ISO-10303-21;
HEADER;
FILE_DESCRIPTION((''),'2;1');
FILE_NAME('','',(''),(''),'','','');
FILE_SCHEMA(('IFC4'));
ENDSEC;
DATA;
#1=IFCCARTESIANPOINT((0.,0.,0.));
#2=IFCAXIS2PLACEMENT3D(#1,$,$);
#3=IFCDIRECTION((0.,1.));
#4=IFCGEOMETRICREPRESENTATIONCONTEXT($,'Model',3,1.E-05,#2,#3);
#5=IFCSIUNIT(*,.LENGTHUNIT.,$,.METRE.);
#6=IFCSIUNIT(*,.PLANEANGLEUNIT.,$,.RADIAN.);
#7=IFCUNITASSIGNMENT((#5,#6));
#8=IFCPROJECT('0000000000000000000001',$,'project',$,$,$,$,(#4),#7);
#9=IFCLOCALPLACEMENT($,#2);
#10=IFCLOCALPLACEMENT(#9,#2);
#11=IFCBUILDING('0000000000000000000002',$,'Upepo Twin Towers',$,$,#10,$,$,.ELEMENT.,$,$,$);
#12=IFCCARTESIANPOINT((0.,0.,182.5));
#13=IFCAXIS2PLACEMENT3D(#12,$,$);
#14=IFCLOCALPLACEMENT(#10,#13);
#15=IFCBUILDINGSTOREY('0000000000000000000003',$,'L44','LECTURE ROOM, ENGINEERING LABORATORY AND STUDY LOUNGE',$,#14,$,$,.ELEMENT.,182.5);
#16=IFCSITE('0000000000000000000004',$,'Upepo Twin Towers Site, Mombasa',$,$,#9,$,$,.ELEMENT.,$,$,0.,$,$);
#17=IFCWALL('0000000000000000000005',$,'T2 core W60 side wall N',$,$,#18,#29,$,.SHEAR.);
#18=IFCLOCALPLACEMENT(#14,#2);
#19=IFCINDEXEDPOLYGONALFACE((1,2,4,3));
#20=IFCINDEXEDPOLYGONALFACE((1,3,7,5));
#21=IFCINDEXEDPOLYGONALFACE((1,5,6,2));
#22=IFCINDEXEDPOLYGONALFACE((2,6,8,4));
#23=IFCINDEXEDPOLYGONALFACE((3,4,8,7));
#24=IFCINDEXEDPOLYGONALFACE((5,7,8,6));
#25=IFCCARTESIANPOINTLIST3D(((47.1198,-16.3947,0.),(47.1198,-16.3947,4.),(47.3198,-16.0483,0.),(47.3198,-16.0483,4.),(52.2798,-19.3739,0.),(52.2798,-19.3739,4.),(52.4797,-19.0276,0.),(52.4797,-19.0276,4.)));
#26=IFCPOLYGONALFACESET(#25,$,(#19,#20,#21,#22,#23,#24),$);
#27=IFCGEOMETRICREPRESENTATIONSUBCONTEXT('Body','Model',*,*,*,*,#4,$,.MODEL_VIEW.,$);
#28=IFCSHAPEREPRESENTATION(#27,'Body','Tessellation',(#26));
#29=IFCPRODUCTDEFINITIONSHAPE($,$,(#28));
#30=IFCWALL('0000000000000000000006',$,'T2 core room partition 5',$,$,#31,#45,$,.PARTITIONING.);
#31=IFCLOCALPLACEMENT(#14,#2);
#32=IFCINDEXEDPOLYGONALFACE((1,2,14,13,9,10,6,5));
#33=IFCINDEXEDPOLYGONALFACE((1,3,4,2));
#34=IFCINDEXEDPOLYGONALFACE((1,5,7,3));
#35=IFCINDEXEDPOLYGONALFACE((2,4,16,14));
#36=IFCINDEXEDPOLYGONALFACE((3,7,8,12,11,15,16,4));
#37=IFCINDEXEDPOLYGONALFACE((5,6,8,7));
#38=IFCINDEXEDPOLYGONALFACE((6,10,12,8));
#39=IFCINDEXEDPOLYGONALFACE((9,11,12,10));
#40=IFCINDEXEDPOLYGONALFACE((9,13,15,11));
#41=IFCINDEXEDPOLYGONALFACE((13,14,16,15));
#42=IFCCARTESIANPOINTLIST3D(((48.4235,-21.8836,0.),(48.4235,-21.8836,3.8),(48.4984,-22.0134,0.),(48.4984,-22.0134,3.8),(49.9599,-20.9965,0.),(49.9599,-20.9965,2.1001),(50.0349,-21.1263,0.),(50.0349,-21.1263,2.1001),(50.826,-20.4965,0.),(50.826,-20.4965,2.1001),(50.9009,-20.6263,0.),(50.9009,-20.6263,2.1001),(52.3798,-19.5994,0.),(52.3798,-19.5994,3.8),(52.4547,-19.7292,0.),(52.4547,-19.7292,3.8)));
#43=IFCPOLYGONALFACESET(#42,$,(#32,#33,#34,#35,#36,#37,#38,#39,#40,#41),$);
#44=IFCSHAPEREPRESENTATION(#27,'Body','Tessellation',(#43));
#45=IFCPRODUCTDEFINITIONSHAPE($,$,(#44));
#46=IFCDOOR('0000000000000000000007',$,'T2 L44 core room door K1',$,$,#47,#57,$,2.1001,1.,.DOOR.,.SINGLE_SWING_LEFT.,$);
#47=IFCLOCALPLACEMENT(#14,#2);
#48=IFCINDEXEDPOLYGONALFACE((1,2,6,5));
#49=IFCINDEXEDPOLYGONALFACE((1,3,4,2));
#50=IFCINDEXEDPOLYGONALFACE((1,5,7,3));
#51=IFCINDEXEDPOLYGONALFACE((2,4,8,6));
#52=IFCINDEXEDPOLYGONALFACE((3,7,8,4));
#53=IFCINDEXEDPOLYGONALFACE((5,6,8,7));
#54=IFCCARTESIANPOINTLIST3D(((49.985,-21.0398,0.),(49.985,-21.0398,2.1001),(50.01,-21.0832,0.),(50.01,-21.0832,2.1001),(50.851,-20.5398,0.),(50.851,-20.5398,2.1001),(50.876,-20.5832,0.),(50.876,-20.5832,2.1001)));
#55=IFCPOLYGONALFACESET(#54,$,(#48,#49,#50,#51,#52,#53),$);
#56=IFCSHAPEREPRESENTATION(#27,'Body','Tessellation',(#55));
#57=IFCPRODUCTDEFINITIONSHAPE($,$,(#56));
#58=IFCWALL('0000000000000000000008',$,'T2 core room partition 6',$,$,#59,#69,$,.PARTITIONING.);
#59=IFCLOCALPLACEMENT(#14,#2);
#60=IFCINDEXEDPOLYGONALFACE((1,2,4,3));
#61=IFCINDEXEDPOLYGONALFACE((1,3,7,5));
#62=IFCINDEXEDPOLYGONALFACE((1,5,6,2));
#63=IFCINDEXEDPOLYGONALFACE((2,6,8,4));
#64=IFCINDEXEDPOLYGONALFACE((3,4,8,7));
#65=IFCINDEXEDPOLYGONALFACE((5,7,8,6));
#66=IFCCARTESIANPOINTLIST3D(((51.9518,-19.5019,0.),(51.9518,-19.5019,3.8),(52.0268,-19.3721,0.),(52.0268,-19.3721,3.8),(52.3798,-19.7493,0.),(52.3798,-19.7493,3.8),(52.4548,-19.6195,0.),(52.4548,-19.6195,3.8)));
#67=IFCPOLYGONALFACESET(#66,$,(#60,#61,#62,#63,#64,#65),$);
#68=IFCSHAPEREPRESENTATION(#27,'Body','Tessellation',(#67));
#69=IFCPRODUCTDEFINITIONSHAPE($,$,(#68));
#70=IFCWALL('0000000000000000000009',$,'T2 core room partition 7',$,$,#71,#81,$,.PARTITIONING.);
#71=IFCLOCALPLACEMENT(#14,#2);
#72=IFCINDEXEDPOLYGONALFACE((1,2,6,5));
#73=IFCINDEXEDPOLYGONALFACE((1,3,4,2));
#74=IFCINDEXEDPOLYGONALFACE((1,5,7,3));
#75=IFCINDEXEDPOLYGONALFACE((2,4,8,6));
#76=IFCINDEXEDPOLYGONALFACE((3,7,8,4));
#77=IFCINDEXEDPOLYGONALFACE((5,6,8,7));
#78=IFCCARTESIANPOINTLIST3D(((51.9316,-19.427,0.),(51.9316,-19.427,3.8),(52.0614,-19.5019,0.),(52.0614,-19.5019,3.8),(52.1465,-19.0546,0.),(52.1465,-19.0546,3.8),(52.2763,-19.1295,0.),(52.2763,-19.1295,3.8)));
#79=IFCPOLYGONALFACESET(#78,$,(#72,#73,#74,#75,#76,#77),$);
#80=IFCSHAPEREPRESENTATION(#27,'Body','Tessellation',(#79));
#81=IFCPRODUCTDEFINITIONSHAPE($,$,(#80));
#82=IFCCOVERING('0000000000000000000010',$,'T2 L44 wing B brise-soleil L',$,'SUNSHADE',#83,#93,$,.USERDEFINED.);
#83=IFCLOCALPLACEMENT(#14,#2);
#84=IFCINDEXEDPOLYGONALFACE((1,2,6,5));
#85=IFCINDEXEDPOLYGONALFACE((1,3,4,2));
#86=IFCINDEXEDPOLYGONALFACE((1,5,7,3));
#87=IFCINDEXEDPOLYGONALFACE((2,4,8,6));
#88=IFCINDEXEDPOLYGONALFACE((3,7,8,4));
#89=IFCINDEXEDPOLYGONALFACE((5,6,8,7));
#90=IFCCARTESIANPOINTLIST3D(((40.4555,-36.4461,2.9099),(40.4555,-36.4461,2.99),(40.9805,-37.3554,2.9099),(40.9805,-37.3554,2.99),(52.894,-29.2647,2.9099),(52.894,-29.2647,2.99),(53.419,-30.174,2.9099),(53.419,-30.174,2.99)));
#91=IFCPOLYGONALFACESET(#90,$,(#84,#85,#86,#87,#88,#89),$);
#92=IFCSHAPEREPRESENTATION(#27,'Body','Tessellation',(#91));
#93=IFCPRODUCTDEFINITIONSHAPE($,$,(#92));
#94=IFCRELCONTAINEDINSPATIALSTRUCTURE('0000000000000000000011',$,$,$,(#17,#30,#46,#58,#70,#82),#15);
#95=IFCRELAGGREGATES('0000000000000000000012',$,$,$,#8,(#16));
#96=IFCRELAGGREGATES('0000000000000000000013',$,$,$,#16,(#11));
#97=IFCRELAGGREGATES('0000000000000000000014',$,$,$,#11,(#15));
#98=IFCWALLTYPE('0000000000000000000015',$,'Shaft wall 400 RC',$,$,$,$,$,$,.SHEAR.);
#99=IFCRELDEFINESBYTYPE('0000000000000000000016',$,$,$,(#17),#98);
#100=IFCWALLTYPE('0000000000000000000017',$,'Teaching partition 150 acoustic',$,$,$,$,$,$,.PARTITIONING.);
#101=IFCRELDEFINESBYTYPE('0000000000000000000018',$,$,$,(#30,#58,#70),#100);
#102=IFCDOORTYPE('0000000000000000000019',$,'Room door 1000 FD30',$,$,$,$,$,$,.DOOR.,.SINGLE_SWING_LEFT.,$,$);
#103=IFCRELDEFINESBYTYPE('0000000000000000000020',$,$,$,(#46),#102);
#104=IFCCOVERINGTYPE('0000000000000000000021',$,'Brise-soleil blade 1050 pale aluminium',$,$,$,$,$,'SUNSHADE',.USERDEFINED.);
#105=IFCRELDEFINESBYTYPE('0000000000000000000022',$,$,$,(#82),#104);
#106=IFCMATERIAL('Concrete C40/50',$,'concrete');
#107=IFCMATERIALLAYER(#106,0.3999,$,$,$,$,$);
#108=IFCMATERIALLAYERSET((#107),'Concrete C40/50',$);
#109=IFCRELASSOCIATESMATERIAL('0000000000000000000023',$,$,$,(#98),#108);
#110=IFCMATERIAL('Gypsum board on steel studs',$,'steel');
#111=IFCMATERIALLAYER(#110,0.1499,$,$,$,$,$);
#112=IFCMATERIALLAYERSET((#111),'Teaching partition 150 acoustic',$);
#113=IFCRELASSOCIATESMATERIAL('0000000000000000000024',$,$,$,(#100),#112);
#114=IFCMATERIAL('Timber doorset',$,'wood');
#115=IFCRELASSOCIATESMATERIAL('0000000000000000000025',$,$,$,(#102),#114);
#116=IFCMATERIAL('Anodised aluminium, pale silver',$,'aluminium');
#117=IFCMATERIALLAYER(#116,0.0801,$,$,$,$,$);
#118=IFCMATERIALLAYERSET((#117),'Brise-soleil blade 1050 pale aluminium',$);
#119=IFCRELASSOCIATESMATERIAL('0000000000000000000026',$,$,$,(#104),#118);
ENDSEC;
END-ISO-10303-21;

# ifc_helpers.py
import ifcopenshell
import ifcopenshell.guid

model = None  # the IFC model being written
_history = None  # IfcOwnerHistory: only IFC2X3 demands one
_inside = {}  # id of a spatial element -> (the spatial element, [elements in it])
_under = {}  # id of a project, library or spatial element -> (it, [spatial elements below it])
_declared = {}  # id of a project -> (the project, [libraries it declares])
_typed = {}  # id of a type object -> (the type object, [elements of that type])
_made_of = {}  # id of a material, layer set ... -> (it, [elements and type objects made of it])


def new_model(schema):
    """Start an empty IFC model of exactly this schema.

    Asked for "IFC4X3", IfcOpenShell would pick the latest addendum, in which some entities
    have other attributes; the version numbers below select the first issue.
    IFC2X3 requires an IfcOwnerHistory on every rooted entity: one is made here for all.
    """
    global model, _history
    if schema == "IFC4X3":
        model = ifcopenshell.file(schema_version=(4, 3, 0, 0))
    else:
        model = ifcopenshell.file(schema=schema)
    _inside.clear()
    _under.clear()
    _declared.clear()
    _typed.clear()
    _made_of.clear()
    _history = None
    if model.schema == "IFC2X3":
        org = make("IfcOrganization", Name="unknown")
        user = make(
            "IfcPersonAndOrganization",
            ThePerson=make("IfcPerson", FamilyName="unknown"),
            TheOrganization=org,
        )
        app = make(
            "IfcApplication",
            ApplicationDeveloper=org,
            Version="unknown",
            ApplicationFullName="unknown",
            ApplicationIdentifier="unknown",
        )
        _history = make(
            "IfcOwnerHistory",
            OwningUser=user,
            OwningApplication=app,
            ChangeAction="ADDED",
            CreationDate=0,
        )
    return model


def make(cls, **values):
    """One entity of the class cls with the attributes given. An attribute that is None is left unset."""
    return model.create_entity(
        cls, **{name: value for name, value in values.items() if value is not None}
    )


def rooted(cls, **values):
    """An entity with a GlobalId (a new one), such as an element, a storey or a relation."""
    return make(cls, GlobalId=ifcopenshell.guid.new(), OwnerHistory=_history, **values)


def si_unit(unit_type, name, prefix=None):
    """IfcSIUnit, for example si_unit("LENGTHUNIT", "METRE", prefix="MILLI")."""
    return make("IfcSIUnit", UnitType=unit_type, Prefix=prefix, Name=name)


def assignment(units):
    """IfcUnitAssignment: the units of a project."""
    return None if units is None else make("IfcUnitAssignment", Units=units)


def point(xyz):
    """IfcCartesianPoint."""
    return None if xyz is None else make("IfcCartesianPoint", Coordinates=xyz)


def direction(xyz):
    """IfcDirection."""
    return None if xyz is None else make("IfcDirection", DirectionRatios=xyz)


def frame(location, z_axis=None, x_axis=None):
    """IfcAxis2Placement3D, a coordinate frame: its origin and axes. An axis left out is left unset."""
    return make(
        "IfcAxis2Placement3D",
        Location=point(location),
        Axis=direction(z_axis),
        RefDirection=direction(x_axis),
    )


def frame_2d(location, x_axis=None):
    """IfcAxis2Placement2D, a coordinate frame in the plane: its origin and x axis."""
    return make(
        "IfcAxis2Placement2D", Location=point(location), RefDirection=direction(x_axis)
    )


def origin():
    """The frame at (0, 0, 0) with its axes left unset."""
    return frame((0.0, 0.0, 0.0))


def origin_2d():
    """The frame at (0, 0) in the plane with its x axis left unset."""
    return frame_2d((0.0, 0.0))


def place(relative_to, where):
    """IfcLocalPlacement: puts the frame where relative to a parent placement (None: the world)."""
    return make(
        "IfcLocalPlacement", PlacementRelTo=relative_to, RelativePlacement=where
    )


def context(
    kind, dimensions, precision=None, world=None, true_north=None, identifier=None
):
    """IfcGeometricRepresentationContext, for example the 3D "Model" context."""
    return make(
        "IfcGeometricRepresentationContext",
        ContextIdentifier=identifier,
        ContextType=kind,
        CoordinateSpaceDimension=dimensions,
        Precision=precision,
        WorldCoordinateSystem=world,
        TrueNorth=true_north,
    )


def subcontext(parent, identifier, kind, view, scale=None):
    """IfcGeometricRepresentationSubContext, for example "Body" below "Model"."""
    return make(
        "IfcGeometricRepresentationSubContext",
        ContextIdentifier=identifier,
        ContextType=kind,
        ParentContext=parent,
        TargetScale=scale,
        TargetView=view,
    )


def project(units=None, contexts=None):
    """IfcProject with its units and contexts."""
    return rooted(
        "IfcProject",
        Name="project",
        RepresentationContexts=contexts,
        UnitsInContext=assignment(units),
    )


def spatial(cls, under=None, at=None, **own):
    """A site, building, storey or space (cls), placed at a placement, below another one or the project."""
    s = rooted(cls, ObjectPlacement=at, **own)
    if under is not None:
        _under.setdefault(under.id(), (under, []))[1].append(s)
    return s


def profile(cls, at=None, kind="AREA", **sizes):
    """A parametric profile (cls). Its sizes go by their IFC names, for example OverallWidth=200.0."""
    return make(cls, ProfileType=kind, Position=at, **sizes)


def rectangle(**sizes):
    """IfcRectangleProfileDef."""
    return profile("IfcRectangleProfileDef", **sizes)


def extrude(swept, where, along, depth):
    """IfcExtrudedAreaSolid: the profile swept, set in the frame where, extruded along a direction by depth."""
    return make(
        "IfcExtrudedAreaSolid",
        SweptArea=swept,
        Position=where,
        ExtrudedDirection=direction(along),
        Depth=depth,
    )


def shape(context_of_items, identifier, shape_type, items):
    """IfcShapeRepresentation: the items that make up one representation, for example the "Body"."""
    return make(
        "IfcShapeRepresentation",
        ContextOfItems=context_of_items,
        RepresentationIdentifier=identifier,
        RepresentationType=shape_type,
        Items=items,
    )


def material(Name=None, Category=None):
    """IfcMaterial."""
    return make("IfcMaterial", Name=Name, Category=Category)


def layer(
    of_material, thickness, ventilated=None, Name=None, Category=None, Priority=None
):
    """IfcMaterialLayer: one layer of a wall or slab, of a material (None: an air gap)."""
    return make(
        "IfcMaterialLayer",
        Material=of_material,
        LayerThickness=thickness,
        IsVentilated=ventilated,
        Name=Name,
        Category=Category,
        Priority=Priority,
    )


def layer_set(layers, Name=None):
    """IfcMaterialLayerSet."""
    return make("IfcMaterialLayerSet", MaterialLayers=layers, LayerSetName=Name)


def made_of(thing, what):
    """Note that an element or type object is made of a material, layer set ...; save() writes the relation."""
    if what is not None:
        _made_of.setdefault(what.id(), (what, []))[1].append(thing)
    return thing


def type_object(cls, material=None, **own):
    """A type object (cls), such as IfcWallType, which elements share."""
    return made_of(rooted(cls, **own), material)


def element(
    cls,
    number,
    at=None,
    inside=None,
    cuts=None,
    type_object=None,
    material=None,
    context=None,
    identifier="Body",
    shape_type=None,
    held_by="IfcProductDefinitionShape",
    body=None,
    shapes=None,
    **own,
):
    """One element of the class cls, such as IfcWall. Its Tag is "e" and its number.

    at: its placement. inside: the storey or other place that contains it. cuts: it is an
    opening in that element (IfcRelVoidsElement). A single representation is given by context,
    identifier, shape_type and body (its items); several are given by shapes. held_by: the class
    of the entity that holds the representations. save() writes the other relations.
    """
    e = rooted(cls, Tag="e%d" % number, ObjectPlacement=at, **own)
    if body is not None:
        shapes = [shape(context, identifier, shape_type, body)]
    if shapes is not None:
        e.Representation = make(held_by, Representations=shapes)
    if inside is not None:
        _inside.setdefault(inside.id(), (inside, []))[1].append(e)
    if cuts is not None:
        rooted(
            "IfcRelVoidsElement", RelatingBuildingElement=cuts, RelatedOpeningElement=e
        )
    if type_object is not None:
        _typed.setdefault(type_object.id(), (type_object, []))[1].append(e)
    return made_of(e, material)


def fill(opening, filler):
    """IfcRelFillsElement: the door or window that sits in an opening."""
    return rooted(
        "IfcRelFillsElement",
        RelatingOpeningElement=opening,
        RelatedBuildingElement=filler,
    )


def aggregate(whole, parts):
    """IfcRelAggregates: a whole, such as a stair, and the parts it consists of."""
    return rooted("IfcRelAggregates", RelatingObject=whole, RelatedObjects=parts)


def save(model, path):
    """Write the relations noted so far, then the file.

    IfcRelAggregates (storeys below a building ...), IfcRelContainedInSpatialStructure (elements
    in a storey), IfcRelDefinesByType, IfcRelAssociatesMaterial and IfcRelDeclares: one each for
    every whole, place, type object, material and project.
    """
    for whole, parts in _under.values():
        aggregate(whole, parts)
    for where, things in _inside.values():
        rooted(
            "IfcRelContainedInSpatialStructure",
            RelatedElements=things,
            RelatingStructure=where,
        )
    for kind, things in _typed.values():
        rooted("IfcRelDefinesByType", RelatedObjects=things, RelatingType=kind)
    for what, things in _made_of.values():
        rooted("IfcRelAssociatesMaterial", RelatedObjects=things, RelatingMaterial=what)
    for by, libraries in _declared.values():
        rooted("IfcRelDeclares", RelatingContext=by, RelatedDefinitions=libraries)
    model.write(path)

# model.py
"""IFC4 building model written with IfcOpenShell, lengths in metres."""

from ifc_helpers import new_model, si_unit, direction, frame, frame_2d, origin, origin_2d, place, context, subcontext, project, spatial, rectangle, extrude, material, layer, layer_set, type_object, element, fill, save


model = new_model("IFC4")

# Units and contexts
model_context = context("Model", 3, precision=1e-05, world=origin(), true_north=direction((0.0, 1.0)))
body_context = subcontext(model_context, "Body", "Model", "MODEL_VIEW")
ifc_project = project(units=[si_unit("LENGTHUNIT", "METRE"), si_unit("PLANEANGLEUNIT", "RADIAN")], contexts=[model_context])

# Site, building, storey
site_placement = place(None, origin())
site = spatial("IfcSite", under=ifc_project, at=site_placement, Name="Upepo Twin Towers Site, Mombasa", CompositionType="ELEMENT", RefElevation=0.0)
building_placement = place(site_placement, origin())
building = spatial("IfcBuilding", under=site, at=building_placement, Name="Upepo Twin Towers", CompositionType="ELEMENT")
storey_placement = place(building_placement, frame((0.0, 0.0, 182.5)))
storey = spatial("IfcBuildingStorey", under=building, at=storey_placement, Name="L44", Description="LECTURE ROOM, ENGINEERING LABORATORY AND STUDY LOUNGE", CompositionType="ELEMENT", Elevation=182.5)

# Wall
ifc_material_1 = material(Name="Concrete C40/50", Category="concrete")
ifc_layer_1 = layer(ifc_material_1, 0.3999)
ifc_layer_set_1 = layer_set([ifc_layer_1], Name="Concrete C40/50")
wall_type_1 = type_object("IfcWallType", Name="Shaft wall 400 RC", PredefinedType="SHEAR", material=ifc_layer_set_1)
wall_1_placement = place(storey_placement, frame((52.3796, -19.2007, 0.0), z_axis=(0.0, 0.0, 1.0), x_axis=(-0.866013, 0.500022, 0.0)))
element("IfcWall", 1, at=wall_1_placement, inside=storey, type_object=wall_type_1, Name="T2 core W60 side wall N", PredefinedType="SHEAR", context=body_context, shape_type="SweptSolid", body=[
    extrude(rectangle(XDim=5.9583, YDim=0.3999, at=frame_2d((2.979, 0.0))), origin(), (0.0, 0.0, 1.0), 4.0),
])

# Wall, opening, door
ifc_material_2 = material(Name="Gypsum board on steel studs", Category="steel")
ifc_layer_2 = layer(ifc_material_2, 0.1499)
ifc_layer_set_2 = layer_set([ifc_layer_2], Name="Teaching partition 150 acoustic")
wall_type_2 = type_object("IfcWallType", Name="Teaching partition 150 acoustic", PredefinedType="PARTITIONING", material=ifc_layer_set_2)
wall_2_placement = place(storey_placement, frame((48.4609, -21.9485, 0.0), z_axis=(0.0, 0.0, 1.0), x_axis=(0.866025, 0.500002, 0.0)))
wall_2 = element("IfcWall", 2, at=wall_2_placement, inside=storey, type_object=wall_type_2, Name="T2 core room partition 5", PredefinedType="PARTITIONING", context=body_context, shape_type="SweptSolid", body=[
    extrude(rectangle(XDim=4.5684, YDim=0.1499, at=frame_2d((2.2842, 0.0))), origin(), (0.0, 0.0, 1.0), 3.8),
])
opening_1_placement = place(wall_2_placement, frame((1.7742, 0.0, 0.0)))
opening_1 = element("IfcOpeningElement", 3, at=opening_1_placement, cuts=wall_2, PredefinedType="OPENING", context=body_context, shape_type="SweptSolid", body=[
    extrude(rectangle(XDim=1.0, YDim=2.1001, at=frame_2d((0.5, 1.05))), frame((0.0, 0.085, 0.0), z_axis=(0.0, -1.0, 0.0), x_axis=(1.0, 0.0, 0.0)), (0.0, 0.0, 1.0), 0.1699),
])
ifc_material_3 = material(Name="Timber doorset", Category="wood")
door_type_1 = type_object("IfcDoorType", Name="Room door 1000 FD30", OperationType="SINGLE_SWING_LEFT", PredefinedType="DOOR", material=ifc_material_3)
door_1_placement = place(opening_1_placement, origin())
door_1 = element("IfcDoor", 4, at=door_1_placement, inside=storey, type_object=door_type_1, Name="T2 L44 core room door K1", OperationType="SINGLE_SWING_LEFT", OverallHeight=2.1001, OverallWidth=1.0, PredefinedType="DOOR", context=body_context, shape_type="SweptSolid", body=[
    extrude(rectangle(XDim=1.0, YDim=2.1001, at=frame_2d((0.5, 1.05))), frame((0.0, 0.0249, 0.0), z_axis=(0.0, -1.0, 0.0), x_axis=(1.0, 0.0, 0.0)), (0.0, 0.0, 1.0), 0.05),
])
fill(opening_1, door_1)

# Walls
wall_3_placement = place(storey_placement, frame((52.4172, -19.6843, 0.0), z_axis=(0.0, 0.0, 1.0), x_axis=(-0.865832, 0.500335, 0.0)))
element("IfcWall", 5, at=wall_3_placement, inside=storey, type_object=wall_type_2, Name="T2 core room partition 6", PredefinedType="PARTITIONING", context=body_context, shape_type="SweptSolid", body=[
    extrude(rectangle(XDim=0.4944, YDim=0.1499, at=frame_2d((0.2471, 0.0))), origin(), (0.0, 0.0, 1.0), 3.8),
])
wall_4_placement = place(storey_placement, frame((51.9966, -19.4644, 0.0), z_axis=(0.0, 0.0, 1.0), x_axis=(0.499804, 0.866138, 0.0)))
element("IfcWall", 6, at=wall_4_placement, inside=storey, type_object=wall_type_2, Name="T2 core room partition 7", PredefinedType="PARTITIONING", context=body_context, shape_type="SweptSolid", body=[
    extrude(rectangle(XDim=0.4299, YDim=0.1499, at=frame_2d((0.2148, 0.0))), origin(), (0.0, 0.0, 1.0), 3.8),
])

# Covering
ifc_material_4 = material(Name="Anodised aluminium, pale silver", Category="aluminium")
ifc_layer_3 = layer(ifc_material_4, 0.0801)
ifc_layer_set_3 = layer_set([ifc_layer_3], Name="Brise-soleil blade 1050 pale aluminium")
covering_type = type_object("IfcCoveringType", Name="Brise-soleil blade 1050 pale aluminium", ElementType="SUNSHADE", PredefinedType="USERDEFINED", material=ifc_layer_set_3)
covering_placement = place(storey_placement, frame((46.9373, -33.3101, 2.9099), z_axis=(0.0, 0.0, 1.0), x_axis=(-0.866025, -0.5, 0.0)))
element("IfcCovering", 7, at=covering_placement, inside=storey, type_object=covering_type, Name="T2 L44 wing B brise-soleil L", ObjectType="SUNSHADE", PredefinedType="USERDEFINED", context=body_context, shape_type="SweptSolid", body=[
    extrude(rectangle(XDim=14.3628, YDim=1.05, at=origin_2d()), origin(), (0.0, 0.0, 1.0), 0.0801),
])

save(model, "model.ifc")
